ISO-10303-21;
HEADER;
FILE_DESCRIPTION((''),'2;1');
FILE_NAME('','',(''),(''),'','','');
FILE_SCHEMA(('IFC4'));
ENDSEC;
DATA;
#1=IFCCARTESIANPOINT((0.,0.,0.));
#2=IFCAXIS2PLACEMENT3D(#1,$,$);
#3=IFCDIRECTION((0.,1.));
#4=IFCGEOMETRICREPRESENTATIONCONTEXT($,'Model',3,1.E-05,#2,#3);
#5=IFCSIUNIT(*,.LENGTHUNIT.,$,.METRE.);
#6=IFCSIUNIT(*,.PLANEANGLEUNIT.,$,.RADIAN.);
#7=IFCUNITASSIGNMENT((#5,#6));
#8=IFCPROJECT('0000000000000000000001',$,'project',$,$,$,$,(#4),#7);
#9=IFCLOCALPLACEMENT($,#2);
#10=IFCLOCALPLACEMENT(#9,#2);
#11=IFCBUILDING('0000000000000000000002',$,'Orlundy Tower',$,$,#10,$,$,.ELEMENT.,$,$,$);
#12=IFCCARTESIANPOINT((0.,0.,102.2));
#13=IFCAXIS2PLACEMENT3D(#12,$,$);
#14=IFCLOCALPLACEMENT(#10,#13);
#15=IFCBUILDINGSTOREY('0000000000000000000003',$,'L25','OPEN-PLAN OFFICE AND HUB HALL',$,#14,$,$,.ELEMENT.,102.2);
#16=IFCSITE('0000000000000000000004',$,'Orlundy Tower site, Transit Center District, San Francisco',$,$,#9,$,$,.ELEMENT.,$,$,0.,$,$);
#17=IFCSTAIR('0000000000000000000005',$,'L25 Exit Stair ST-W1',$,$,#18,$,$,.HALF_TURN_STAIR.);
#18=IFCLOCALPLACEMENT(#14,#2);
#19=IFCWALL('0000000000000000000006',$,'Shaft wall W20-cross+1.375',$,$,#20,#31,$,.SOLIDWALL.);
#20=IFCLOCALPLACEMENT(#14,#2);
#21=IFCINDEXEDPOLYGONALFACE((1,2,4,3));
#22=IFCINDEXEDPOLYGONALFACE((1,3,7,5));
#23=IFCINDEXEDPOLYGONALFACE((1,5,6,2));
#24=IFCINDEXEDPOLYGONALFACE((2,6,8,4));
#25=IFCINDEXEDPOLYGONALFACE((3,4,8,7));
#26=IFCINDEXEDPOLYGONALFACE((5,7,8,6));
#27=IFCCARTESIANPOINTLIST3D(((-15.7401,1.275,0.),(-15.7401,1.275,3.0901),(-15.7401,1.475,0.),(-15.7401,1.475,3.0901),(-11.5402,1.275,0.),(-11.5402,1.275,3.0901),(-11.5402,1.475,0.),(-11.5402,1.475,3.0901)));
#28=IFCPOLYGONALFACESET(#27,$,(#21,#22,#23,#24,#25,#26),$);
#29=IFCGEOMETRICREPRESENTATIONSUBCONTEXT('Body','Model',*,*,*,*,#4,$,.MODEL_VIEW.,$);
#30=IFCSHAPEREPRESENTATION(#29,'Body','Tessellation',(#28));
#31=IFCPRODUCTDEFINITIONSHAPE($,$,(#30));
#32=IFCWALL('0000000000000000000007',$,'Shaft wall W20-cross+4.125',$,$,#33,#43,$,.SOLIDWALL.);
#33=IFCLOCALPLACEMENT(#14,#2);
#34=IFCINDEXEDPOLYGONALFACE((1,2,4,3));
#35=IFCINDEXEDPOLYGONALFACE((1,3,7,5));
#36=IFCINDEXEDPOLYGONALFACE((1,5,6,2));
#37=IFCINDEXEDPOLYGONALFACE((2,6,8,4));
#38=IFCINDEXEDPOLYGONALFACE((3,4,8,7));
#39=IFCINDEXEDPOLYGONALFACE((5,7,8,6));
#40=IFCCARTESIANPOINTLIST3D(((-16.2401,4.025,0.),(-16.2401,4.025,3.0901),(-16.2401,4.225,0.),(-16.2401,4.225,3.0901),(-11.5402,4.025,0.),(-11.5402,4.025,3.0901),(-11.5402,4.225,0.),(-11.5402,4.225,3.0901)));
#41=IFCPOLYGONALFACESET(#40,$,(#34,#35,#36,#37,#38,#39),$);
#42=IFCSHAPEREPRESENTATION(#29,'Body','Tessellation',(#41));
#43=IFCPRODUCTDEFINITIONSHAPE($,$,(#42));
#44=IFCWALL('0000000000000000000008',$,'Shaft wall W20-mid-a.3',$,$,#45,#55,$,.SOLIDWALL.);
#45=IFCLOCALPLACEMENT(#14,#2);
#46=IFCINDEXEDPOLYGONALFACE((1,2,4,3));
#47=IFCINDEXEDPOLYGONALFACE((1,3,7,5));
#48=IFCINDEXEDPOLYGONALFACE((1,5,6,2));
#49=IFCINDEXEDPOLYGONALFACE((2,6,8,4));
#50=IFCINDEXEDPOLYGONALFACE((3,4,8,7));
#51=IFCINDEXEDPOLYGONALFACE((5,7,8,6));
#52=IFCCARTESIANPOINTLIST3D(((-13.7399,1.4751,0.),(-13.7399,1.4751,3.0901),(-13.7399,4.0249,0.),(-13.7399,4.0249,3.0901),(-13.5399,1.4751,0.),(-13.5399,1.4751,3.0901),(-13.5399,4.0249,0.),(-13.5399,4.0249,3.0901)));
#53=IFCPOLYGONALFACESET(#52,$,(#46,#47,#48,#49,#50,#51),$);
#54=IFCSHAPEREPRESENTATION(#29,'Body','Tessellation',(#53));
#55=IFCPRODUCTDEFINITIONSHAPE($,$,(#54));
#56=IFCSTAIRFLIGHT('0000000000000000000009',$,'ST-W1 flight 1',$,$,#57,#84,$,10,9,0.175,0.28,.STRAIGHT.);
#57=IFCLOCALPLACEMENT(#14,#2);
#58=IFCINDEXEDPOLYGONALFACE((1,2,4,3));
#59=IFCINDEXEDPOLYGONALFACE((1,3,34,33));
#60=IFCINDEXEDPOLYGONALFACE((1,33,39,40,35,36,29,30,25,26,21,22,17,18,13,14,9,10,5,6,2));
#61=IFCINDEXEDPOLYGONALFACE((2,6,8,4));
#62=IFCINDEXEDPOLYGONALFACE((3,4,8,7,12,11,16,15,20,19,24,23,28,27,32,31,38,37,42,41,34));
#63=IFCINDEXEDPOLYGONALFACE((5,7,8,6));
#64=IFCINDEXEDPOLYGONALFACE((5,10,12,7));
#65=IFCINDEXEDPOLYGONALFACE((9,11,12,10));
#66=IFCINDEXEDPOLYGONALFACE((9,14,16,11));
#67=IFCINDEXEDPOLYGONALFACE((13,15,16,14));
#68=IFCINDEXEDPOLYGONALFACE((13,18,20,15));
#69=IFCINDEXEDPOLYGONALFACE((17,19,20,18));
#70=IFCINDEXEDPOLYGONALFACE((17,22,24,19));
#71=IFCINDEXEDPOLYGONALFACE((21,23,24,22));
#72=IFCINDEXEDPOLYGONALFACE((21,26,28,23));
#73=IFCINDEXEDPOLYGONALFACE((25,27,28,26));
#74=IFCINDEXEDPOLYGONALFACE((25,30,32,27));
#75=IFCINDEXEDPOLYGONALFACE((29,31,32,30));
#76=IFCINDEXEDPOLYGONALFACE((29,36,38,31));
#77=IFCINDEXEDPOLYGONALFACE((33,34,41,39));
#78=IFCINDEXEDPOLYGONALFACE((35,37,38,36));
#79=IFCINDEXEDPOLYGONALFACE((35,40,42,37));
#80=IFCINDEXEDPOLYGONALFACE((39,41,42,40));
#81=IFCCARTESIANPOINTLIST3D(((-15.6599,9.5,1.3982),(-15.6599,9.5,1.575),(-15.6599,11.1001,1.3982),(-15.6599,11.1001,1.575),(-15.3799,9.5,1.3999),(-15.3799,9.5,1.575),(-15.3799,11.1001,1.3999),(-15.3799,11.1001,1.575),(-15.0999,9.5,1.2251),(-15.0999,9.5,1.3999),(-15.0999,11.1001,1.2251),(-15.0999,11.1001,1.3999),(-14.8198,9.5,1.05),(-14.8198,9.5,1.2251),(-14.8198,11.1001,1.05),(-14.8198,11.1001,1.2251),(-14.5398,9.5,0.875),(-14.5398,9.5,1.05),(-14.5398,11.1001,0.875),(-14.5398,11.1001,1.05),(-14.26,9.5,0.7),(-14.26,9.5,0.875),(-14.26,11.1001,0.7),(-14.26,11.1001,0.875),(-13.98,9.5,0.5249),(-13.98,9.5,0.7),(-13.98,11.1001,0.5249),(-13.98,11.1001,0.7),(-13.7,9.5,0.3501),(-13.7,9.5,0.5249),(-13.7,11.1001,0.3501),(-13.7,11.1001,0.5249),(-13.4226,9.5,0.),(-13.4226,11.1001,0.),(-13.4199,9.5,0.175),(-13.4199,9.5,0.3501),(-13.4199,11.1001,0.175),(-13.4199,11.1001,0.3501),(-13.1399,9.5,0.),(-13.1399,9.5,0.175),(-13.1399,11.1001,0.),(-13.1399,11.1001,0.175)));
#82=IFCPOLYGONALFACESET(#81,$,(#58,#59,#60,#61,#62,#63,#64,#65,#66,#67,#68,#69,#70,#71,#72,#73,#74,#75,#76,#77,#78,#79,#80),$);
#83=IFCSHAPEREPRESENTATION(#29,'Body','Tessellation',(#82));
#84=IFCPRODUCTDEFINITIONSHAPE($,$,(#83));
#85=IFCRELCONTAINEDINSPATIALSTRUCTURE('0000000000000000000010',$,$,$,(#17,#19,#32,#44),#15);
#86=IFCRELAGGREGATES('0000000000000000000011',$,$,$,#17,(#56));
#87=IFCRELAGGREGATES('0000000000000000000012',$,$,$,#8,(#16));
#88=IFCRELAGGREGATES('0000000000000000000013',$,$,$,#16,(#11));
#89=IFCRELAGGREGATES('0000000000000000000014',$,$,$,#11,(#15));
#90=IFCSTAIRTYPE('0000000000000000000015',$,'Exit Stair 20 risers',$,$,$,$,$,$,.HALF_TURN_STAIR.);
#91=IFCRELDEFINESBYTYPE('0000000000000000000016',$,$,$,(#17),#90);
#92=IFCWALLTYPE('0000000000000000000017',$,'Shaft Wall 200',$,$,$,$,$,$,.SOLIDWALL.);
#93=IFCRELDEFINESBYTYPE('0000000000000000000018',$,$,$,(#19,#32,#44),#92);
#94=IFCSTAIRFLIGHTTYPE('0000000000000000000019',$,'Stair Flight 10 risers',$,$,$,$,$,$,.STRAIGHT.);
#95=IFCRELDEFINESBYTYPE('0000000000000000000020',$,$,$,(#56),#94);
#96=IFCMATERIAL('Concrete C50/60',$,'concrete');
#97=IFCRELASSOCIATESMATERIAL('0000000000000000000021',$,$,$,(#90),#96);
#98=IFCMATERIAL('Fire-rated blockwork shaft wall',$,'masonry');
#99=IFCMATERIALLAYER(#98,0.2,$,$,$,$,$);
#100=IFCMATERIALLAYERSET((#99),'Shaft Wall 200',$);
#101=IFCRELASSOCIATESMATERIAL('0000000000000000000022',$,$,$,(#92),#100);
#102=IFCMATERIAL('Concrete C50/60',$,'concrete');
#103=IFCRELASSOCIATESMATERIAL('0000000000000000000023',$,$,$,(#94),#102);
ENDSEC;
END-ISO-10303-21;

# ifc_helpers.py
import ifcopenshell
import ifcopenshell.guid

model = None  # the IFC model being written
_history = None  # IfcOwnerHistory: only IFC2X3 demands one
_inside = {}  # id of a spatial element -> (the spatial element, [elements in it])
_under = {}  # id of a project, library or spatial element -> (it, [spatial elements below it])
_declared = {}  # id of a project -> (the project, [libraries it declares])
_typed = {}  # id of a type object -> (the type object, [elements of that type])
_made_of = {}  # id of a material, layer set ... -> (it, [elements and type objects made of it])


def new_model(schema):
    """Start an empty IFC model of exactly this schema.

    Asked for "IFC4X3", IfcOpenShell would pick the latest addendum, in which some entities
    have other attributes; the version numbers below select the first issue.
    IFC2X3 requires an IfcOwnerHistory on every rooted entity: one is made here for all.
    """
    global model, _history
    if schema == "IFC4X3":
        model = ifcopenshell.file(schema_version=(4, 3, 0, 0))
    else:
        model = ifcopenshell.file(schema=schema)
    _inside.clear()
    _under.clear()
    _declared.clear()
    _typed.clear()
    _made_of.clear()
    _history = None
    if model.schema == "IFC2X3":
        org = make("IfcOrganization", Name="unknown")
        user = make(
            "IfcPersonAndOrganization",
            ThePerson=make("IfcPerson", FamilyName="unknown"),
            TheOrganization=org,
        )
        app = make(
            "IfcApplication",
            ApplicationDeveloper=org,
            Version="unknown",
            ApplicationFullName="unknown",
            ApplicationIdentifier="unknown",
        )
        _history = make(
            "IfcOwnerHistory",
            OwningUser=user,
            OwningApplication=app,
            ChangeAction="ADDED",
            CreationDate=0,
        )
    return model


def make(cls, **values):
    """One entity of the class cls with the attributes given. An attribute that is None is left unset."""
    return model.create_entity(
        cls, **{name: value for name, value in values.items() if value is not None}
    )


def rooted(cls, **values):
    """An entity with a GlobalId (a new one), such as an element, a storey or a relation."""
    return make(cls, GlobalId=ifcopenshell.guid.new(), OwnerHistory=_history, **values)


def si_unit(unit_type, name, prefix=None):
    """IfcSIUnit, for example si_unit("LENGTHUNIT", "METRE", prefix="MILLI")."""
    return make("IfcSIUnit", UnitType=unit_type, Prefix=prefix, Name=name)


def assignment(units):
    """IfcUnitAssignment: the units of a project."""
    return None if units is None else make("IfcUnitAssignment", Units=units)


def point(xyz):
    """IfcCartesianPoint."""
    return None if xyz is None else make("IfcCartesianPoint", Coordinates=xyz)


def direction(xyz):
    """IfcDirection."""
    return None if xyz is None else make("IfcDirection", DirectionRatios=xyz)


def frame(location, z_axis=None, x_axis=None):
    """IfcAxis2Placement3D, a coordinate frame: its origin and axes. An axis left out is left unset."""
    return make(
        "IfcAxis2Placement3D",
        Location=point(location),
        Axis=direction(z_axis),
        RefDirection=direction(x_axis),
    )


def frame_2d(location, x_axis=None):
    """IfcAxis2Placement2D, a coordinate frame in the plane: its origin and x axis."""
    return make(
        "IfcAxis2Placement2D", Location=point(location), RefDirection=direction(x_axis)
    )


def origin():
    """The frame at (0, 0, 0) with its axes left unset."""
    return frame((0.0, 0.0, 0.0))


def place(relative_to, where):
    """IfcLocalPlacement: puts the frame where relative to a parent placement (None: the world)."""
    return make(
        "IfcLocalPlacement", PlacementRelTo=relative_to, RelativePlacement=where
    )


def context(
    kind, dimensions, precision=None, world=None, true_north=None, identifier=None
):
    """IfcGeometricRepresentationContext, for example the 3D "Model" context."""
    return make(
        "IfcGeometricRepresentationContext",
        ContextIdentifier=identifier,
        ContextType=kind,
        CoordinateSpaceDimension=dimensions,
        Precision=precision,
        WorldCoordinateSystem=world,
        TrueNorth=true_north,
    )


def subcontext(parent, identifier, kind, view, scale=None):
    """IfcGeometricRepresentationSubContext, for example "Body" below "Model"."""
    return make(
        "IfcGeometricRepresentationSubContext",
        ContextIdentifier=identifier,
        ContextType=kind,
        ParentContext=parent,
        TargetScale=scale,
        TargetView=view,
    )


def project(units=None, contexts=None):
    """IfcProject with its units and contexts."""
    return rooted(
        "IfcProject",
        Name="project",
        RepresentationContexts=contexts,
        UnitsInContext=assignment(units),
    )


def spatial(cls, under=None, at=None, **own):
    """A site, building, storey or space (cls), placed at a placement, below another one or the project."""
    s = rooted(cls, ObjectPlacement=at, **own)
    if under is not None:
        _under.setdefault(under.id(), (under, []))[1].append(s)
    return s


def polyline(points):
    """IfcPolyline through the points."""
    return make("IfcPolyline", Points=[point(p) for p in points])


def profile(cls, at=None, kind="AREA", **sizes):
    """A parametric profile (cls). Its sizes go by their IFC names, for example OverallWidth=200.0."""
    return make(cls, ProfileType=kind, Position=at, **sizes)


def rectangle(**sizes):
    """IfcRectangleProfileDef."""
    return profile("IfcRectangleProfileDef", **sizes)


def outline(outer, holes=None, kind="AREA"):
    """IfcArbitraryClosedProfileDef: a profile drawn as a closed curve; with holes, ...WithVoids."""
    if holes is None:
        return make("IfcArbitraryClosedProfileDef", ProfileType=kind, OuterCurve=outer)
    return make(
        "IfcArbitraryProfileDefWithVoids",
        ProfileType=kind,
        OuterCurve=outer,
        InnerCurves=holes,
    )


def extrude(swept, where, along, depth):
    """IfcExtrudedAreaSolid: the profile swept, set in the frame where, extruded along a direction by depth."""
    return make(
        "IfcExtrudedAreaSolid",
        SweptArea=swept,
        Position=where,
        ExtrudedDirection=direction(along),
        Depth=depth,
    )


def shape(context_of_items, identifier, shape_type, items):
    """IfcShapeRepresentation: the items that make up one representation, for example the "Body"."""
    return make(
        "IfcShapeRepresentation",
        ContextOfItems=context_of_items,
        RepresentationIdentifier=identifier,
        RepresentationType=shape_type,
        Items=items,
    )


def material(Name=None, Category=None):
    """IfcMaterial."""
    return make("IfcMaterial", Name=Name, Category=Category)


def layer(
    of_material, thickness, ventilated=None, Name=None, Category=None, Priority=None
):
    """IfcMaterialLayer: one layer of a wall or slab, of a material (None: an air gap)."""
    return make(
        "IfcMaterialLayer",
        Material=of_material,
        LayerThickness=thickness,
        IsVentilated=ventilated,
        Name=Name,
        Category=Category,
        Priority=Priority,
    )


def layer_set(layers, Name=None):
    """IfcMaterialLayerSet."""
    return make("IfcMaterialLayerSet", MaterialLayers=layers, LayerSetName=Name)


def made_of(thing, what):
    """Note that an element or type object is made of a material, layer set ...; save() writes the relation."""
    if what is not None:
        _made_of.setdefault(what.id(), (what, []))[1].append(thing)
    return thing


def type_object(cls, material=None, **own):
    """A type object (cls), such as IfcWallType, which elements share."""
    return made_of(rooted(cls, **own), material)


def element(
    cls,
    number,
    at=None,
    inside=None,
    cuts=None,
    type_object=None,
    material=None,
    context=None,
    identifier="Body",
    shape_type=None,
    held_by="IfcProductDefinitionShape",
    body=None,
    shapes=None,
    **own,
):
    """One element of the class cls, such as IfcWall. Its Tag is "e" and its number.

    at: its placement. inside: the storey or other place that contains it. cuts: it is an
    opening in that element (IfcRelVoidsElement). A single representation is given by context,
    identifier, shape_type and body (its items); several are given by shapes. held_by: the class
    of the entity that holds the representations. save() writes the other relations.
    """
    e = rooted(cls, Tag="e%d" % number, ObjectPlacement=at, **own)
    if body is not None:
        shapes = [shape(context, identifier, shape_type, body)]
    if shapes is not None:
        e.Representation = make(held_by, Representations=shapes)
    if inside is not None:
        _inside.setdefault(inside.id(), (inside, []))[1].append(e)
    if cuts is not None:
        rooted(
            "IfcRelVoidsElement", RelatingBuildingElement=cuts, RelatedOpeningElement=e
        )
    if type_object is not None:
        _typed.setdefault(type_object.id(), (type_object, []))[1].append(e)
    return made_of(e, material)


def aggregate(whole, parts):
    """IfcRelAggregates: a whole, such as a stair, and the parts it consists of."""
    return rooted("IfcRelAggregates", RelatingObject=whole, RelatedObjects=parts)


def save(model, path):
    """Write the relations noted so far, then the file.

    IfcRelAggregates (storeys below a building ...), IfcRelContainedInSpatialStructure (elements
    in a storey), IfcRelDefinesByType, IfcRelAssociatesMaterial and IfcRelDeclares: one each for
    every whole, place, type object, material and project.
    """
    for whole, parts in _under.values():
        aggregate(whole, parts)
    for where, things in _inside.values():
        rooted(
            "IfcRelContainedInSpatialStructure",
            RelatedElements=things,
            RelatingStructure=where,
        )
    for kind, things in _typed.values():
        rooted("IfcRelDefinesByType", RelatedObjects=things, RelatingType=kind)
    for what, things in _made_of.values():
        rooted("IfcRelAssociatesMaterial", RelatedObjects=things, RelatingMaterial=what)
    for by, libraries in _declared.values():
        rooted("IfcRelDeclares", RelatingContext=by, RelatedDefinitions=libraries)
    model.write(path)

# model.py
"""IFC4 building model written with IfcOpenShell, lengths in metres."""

from ifc_helpers import new_model, si_unit, direction, frame, frame_2d, origin, place, context, subcontext, project, spatial, polyline, rectangle, outline, extrude, material, layer, layer_set, type_object, element, aggregate, save


model = new_model("IFC4")

# Units and contexts
model_context = context("Model", 3, precision=1e-05, world=origin(), true_north=direction((0.0, 1.0)))
body_context = subcontext(model_context, "Body", "Model", "MODEL_VIEW")
ifc_project = project(units=[si_unit("LENGTHUNIT", "METRE"), si_unit("PLANEANGLEUNIT", "RADIAN")], contexts=[model_context])

# Site, building, storey
site_placement = place(None, origin())
site = spatial("IfcSite", under=ifc_project, at=site_placement, Name="Orlundy Tower site, Transit Center District, San Francisco", CompositionType="ELEMENT", RefElevation=0.0)
building_placement = place(site_placement, origin())
building = spatial("IfcBuilding", under=site, at=building_placement, Name="Orlundy Tower", CompositionType="ELEMENT")
storey_placement = place(building_placement, frame((0.0, 0.0, 102.2)))
storey = spatial("IfcBuildingStorey", under=building, at=storey_placement, Name="L25", Description="OPEN-PLAN OFFICE AND HUB HALL", CompositionType="ELEMENT", Elevation=102.2)

# Stair
ifc_material_1 = material(Name="Concrete C50/60", Category="concrete")
stair_type = type_object("IfcStairType", Name="Exit Stair 20 risers", PredefinedType="HALF_TURN_STAIR", material=ifc_material_1)
stair_1_placement = place(storey_placement, origin())
stair_1 = element("IfcStair", 1, at=stair_1_placement, inside=storey, type_object=stair_type, Name="L25 Exit Stair ST-W1", PredefinedType="HALF_TURN_STAIR")

# Walls
ifc_material_2 = material(Name="Fire-rated blockwork shaft wall", Category="masonry")
ifc_layer_1 = layer(ifc_material_2, 0.2)
ifc_layer_set_1 = layer_set([ifc_layer_1], Name="Shaft Wall 200")
wall_type_1 = type_object("IfcWallType", Name="Shaft Wall 200", PredefinedType="SOLIDWALL", material=ifc_layer_set_1)
wall_1_placement = place(storey_placement, frame((-11.54, 1.375, 0.0), z_axis=(0.0, 0.0, 1.0), x_axis=(-1.0, 0.0, 0.0)))
element("IfcWall", 2, at=wall_1_placement, inside=storey, type_object=wall_type_1, Name="Shaft wall W20-cross+1.375", PredefinedType="SOLIDWALL", context=body_context, shape_type="SweptSolid", body=[
    extrude(rectangle(XDim=4.2, YDim=0.2, at=frame_2d((2.1001, 0.0))), origin(), (0.0, 0.0, 1.0), 3.0901),
])
wall_2_placement = place(storey_placement, frame((-11.54, 4.125, 0.0), z_axis=(0.0, 0.0, 1.0), x_axis=(-1.0, 0.0, 0.0)))
element("IfcWall", 3, at=wall_2_placement, inside=storey, type_object=wall_type_1, Name="Shaft wall W20-cross+4.125", PredefinedType="SOLIDWALL", context=body_context, shape_type="SweptSolid", body=[
    extrude(rectangle(XDim=4.7, YDim=0.2, at=frame_2d((2.3501, 0.0))), origin(), (0.0, 0.0, 1.0), 3.0901),
])
wall_3_placement = place(storey_placement, frame((-13.6399, 1.4751, 0.0), z_axis=(0.0, 0.0, 1.0), x_axis=(0.0, 1.0, 0.0)))
element("IfcWall", 4, at=wall_3_placement, inside=storey, type_object=wall_type_1, Name="Shaft wall W20-mid-a.3", PredefinedType="SOLIDWALL", context=body_context, shape_type="SweptSolid", body=[
    extrude(rectangle(XDim=2.5498, YDim=0.2, at=frame_2d((1.2749, 0.0))), origin(), (0.0, 0.0, 1.0), 3.0901),
])

# Stair flight
ifc_material_3 = material(Name="Concrete C50/60", Category="concrete")
stair_flight_type = type_object("IfcStairFlightType", Name="Stair Flight 10 risers", PredefinedType="STRAIGHT", material=ifc_material_3)
stair_flight_placement = place(storey_placement, frame((-13.1399, 10.3, 0.0), z_axis=(0.0, 0.0, 1.0), x_axis=(-1.0, 0.0, 0.0)))
stair_flight = element("IfcStairFlight", 5, at=stair_flight_placement, type_object=stair_flight_type, Name="ST-W1 flight 1", NumberOfRisers=10, NumberOfTreads=9, PredefinedType="STRAIGHT", RiserHeight=0.175, TreadLength=0.28, context=body_context, shape_type="SweptSolid", body=[
    extrude(outline(polyline([(0.0, 0.0), (0.0, 0.175), (0.28, 0.175), (0.28, 0.3501), (0.5601, 0.3501), (0.5601, 0.5249), (0.8401, 0.5249), (0.8401, 0.7), (1.1201, 0.7), (1.1201, 0.875), (1.3999, 0.875), (1.3999, 1.05), (1.6799, 1.05), (1.6799, 1.2251), (1.96, 1.2251), (1.96, 1.3999), (2.24, 1.3999), (2.24, 1.575), (2.52, 1.575), (2.52, 1.75), (2.52, 1.3982), (0.2827, 0.0), (0.0, 0.0)])), frame((0.0, 0.8, 0.0), z_axis=(0.0, -1.0, 0.0), x_axis=(1.0, 0.0, 0.0)), (0.0, 0.0, 1.0), 1.6001),
])
aggregate(stair_1, [stair_flight])

save(model, "model.ifc")
